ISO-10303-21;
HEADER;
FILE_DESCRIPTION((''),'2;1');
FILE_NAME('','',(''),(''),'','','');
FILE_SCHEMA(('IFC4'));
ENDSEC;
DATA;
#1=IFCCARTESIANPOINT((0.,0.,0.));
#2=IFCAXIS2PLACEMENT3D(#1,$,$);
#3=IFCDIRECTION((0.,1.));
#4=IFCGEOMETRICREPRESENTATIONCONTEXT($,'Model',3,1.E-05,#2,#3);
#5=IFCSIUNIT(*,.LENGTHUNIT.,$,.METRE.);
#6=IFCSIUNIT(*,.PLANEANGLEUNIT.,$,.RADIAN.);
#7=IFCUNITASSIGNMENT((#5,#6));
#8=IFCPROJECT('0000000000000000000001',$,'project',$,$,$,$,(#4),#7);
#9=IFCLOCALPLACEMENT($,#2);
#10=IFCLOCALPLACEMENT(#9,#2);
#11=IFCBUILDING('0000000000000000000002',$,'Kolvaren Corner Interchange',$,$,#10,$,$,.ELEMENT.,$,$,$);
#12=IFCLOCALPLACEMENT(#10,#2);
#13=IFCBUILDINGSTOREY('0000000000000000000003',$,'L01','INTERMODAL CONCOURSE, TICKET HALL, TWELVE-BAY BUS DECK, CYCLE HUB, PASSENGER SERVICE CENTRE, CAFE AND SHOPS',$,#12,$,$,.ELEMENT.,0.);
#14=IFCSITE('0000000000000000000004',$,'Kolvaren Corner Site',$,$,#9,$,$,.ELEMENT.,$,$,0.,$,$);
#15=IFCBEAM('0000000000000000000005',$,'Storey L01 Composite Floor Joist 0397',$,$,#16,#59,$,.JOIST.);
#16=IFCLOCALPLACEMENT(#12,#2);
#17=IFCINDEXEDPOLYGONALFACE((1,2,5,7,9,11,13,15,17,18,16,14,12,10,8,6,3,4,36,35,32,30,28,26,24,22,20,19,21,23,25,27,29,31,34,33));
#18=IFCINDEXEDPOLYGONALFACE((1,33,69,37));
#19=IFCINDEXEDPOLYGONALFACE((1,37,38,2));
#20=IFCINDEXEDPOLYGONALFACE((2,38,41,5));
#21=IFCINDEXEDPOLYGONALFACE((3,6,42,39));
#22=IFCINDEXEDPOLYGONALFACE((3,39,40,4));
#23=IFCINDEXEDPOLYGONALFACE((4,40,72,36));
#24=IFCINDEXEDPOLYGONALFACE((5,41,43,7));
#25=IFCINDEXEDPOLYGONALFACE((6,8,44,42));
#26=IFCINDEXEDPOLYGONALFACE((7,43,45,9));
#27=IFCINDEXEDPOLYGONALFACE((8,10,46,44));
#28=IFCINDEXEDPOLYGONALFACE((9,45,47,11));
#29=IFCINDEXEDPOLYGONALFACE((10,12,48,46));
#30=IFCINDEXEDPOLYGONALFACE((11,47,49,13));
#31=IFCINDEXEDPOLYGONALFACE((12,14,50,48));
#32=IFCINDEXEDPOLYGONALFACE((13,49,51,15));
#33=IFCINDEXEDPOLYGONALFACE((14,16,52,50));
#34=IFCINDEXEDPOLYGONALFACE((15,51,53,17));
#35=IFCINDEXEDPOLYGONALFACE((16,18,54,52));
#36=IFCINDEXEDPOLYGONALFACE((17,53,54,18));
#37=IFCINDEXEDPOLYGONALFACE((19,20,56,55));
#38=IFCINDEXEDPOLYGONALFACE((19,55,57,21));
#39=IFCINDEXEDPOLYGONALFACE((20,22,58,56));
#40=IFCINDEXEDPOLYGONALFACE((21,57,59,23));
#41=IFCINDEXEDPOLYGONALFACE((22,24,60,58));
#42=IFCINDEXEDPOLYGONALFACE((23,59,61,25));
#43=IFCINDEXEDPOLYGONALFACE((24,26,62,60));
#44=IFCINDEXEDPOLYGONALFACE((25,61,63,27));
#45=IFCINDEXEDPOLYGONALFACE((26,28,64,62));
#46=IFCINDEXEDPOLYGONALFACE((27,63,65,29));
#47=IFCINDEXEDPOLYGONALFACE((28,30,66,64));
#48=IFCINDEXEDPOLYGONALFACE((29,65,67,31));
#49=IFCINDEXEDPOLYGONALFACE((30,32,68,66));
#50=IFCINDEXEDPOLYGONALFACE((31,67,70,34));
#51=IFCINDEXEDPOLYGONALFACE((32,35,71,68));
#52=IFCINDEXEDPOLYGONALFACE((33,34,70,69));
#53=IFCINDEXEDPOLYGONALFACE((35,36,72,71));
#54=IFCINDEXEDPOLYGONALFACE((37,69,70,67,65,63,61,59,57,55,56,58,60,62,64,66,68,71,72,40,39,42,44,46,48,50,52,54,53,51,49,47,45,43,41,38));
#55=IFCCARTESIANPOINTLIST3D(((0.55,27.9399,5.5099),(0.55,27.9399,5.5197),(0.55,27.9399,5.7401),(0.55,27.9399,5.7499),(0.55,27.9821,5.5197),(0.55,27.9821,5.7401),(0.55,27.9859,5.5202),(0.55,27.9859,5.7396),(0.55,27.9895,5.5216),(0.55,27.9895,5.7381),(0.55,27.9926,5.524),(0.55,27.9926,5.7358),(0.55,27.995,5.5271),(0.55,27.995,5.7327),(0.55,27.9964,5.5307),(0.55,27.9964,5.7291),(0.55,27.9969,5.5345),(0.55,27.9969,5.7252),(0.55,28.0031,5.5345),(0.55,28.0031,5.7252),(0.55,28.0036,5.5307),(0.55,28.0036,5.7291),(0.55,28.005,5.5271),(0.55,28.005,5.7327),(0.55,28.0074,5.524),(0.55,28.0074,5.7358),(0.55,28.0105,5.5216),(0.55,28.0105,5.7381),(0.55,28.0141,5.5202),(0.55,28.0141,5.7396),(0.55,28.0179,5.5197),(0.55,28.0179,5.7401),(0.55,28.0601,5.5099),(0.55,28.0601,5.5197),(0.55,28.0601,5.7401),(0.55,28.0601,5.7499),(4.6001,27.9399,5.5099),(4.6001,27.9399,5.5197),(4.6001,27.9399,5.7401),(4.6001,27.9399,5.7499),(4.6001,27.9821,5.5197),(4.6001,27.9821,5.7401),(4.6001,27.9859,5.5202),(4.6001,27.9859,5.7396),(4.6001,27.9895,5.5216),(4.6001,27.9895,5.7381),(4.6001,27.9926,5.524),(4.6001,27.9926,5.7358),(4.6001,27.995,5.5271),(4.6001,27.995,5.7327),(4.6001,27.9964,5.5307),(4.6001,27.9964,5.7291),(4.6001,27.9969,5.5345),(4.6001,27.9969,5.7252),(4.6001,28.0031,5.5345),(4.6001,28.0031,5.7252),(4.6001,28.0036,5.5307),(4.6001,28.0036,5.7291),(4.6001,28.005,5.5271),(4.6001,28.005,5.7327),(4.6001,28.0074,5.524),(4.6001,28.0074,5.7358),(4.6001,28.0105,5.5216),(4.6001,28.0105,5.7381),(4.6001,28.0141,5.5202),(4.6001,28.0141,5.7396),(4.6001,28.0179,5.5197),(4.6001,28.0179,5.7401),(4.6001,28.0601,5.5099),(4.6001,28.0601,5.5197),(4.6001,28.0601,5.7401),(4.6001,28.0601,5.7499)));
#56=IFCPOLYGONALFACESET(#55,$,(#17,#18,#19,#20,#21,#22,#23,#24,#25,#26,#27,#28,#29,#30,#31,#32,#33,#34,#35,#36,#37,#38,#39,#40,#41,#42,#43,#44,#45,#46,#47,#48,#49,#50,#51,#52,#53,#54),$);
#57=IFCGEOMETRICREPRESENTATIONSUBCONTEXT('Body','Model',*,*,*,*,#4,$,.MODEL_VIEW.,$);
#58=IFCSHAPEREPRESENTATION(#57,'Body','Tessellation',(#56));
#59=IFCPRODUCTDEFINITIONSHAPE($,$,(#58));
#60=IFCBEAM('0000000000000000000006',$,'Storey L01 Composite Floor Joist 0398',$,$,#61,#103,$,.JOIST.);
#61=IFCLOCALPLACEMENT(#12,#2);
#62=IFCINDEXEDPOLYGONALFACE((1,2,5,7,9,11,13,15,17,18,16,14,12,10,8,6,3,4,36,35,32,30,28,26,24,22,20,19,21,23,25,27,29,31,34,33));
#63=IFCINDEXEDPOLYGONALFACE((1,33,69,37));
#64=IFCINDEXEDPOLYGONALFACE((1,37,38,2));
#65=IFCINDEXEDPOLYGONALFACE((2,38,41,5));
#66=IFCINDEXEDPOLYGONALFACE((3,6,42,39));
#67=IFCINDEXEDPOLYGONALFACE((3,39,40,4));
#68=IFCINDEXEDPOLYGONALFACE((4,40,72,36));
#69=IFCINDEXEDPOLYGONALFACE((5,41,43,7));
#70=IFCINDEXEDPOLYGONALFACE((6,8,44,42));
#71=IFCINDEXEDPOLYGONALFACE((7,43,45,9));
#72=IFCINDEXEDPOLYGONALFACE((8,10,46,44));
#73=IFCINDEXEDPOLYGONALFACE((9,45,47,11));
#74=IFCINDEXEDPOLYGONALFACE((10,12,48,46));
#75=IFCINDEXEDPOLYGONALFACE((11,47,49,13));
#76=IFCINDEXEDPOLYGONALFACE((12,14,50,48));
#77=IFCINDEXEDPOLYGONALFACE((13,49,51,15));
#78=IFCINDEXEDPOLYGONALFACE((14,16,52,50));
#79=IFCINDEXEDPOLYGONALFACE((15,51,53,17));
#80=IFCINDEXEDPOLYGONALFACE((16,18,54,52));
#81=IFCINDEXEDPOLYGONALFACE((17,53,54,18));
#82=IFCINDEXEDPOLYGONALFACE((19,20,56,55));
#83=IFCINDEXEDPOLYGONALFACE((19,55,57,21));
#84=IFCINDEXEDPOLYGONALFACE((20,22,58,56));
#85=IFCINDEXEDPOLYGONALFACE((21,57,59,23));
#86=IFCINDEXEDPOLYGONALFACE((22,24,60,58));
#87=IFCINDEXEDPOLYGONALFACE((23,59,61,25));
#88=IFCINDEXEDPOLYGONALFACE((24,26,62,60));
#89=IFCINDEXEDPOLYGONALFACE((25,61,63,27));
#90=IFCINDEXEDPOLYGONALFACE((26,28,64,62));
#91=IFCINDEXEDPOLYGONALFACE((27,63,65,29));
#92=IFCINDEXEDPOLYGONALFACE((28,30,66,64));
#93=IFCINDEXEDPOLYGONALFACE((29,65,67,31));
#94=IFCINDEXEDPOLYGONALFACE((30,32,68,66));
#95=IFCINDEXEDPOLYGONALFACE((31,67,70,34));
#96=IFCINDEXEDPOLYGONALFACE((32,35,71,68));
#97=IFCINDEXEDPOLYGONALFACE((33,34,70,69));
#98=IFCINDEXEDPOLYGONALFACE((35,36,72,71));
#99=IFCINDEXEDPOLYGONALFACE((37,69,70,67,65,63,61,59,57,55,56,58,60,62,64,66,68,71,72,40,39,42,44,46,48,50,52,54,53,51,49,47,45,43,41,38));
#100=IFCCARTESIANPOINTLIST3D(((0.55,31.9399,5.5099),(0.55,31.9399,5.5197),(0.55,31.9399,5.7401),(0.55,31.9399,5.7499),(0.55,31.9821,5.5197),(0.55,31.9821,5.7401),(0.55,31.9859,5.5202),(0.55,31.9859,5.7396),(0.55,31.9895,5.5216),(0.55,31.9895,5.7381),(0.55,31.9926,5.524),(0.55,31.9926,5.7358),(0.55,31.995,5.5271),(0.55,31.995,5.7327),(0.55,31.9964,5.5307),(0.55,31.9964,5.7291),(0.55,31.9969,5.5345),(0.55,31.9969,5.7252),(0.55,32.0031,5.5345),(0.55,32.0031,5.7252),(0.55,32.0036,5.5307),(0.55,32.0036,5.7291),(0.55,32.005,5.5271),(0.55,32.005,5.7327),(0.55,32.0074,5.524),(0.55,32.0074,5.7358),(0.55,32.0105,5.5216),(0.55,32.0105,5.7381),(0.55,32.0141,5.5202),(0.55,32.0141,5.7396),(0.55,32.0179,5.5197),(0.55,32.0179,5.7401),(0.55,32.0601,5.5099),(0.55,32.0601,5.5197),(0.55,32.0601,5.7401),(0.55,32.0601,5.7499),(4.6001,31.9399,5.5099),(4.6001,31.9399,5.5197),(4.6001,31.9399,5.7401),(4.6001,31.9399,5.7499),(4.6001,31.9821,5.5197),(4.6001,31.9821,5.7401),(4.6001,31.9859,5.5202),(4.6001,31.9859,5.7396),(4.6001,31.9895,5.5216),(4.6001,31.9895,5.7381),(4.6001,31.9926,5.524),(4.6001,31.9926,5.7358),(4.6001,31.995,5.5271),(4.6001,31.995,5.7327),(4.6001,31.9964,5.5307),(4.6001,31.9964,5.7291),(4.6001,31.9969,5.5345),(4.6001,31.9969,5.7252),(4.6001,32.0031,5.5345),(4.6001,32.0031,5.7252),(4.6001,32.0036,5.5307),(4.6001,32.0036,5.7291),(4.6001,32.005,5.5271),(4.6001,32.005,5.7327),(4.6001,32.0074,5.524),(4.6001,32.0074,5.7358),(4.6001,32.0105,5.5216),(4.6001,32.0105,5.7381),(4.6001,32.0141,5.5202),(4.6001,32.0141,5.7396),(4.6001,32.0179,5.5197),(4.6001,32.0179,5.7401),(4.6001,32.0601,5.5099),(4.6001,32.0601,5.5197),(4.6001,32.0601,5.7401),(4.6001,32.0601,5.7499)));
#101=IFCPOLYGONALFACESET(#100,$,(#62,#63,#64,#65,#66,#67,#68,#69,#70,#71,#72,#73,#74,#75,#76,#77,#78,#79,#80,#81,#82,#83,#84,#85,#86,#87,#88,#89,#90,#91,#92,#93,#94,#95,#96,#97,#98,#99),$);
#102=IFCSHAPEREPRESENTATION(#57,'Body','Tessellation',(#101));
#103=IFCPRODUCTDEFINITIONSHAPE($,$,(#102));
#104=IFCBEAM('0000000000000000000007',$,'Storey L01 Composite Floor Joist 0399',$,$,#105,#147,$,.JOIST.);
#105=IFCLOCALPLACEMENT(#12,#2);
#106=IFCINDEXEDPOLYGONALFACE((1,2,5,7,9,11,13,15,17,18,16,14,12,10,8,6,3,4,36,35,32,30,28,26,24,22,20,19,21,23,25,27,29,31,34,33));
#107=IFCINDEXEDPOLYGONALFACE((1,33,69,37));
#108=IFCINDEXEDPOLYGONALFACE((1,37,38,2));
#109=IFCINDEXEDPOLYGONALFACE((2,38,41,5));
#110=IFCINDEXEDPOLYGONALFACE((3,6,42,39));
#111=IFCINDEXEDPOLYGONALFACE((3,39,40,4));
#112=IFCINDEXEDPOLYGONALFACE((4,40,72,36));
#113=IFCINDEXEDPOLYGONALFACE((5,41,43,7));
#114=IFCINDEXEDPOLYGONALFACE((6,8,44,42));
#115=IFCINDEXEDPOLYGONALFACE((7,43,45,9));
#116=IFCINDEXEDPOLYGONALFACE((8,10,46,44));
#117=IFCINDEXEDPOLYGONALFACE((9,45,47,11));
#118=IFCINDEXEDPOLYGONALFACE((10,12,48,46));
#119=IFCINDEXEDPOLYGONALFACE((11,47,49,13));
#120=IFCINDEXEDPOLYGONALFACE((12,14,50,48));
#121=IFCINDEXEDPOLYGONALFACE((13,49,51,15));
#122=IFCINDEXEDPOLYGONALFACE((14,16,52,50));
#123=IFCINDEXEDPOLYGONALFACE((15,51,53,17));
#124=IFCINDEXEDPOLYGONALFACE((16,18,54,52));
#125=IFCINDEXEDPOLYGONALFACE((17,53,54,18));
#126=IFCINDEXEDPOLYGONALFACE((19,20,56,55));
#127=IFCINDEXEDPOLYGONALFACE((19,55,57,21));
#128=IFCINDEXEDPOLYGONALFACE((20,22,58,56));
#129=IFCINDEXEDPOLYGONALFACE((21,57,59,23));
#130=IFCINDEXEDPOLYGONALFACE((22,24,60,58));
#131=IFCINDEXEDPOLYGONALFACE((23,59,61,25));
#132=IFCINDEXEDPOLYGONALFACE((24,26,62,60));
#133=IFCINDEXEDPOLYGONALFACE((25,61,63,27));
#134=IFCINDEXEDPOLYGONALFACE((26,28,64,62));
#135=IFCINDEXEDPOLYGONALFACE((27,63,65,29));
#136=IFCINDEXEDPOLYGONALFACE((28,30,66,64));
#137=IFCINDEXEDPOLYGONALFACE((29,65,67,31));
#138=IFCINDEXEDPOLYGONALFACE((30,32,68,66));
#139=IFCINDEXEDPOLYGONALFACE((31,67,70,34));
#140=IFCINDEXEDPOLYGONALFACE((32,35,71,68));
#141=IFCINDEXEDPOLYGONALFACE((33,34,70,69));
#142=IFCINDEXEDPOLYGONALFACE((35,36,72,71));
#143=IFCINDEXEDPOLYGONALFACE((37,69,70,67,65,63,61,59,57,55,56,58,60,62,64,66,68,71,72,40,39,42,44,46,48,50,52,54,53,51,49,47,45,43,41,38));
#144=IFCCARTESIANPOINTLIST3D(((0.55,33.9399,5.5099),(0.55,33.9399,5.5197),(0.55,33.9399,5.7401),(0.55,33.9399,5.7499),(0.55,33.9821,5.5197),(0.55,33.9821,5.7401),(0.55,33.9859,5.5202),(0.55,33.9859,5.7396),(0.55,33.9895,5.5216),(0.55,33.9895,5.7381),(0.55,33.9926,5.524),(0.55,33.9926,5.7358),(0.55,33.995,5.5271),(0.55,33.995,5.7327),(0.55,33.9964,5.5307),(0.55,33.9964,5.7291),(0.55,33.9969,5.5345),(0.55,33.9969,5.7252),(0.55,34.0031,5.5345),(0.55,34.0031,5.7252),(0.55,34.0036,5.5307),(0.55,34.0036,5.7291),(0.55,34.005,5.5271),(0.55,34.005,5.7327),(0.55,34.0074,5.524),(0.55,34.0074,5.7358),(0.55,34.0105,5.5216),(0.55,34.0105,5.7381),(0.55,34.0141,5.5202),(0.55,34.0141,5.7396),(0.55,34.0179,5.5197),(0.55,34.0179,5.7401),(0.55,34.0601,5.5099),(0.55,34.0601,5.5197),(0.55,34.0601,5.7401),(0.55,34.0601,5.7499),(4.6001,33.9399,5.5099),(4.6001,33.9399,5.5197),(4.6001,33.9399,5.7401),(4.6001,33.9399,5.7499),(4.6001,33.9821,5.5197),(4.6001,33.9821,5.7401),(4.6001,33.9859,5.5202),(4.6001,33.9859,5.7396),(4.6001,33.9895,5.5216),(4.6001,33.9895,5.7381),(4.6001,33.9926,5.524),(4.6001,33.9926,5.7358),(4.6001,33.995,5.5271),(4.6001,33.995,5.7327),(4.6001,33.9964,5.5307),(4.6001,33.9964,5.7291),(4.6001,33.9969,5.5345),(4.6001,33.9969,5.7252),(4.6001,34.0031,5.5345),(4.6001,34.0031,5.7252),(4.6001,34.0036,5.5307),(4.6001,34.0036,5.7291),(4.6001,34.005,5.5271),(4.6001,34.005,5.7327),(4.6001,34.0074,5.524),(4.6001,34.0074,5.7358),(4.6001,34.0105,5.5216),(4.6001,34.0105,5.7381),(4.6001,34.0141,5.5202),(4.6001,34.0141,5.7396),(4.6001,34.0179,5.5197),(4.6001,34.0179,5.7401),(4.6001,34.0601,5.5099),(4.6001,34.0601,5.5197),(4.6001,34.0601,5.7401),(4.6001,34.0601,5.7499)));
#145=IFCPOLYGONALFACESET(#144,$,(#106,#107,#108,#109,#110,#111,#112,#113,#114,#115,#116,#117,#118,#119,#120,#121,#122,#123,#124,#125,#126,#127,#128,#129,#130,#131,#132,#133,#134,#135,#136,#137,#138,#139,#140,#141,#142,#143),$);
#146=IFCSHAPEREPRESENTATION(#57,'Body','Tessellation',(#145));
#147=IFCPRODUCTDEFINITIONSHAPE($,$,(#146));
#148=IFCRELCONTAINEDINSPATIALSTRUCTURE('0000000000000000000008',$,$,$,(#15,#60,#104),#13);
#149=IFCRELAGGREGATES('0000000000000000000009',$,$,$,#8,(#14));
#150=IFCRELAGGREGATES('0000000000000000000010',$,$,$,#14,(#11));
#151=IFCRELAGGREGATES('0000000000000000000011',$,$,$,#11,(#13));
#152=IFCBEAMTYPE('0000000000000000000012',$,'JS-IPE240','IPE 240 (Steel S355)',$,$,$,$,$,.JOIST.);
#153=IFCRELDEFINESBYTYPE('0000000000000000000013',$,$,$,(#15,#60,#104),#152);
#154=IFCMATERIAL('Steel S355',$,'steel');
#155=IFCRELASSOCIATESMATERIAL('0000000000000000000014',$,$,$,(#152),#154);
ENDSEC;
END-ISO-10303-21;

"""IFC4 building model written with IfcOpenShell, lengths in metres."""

from ifc_helpers import new_model, si_unit, direction, frame, origin, origin_2d, place, context, subcontext, project, spatial, i_section, extrude, material, material_profile, profile_set, type_object, element, save


model = new_model("IFC4")

# Units and contexts
model_context = context("Model", 3, precision=1e-05, world=origin(), true_north=direction((0.0, 1.0)))
body_context = subcontext(model_context, "Body", "Model", "MODEL_VIEW")
ifc_project = project(units=[si_unit("LENGTHUNIT", "METRE"), si_unit("PLANEANGLEUNIT", "RADIAN")], contexts=[model_context])

# Site, building, storey
site_placement = place(None, origin())
site = spatial("IfcSite", under=ifc_project, at=site_placement, Name="Kolvaren Corner Site", CompositionType="ELEMENT", RefElevation=0.0)
building_placement = place(site_placement, origin())
building = spatial("IfcBuilding", under=site, at=building_placement, Name="Kolvaren Corner Interchange", CompositionType="ELEMENT")
storey_placement = place(building_placement, origin())
storey = spatial("IfcBuildingStorey", under=building, at=storey_placement, Name="L01", Description="INTERMODAL CONCOURSE, TICKET HALL, TWELVE-BAY BUS DECK, CYCLE HUB, PASSENGER SERVICE CENTRE, CAFE AND SHOPS", CompositionType="ELEMENT", Elevation=0.0)

# Beams
ifc_material_1 = material(Name="Steel S355", Category="steel")
ifc_material_profile_1 = material_profile(ifc_material_1, i_section(OverallWidth=0.1201, OverallDepth=0.24, WebThickness=0.0061, FlangeThickness=0.0098, FilletRadius=0.0149, at=origin_2d()), Name="IPE 240")
ifc_profile_set_1 = profile_set([ifc_material_profile_1], Name="Steel S355")
beam_type_1 = type_object("IfcBeamType", Name="JS-IPE240", Description="IPE 240 (Steel S355)", PredefinedType="JOIST", material=ifc_profile_set_1)
for number, where, z_axis, x_axis, name in (
    (1, (0.55, 28.0, 5.6299), (1.0, 0.0, 0.0), (0.0, 1.0, 0.0), "Storey L01 Composite Floor Joist 0397"),
    (2, (0.55, 32.0, 5.6299), (1.0, 0.0, 0.0), (0.0, 1.0, 0.0), "Storey L01 Composite Floor Joist 0398"),
    (3, (0.55, 34.0, 5.6299), (1.0, 0.0, 0.0), (0.0, 1.0, 0.0), "Storey L01 Composite Floor Joist 0399"),
):
    element("IfcBeam", number, at=place(storey_placement, frame(where, z_axis=z_axis, x_axis=x_axis)), inside=storey, type_object=beam_type_1, Name=name, PredefinedType="JOIST", context=body_context, shape_type="SweptSolid", body=[
        extrude(i_section(OverallWidth=0.1201, OverallDepth=0.24, WebThickness=0.0061, FlangeThickness=0.0098, FilletRadius=0.0149, at=origin_2d()), origin(), (0.0, 0.0, 1.0), 4.05),
    ])

save(model, "model.ifc")
